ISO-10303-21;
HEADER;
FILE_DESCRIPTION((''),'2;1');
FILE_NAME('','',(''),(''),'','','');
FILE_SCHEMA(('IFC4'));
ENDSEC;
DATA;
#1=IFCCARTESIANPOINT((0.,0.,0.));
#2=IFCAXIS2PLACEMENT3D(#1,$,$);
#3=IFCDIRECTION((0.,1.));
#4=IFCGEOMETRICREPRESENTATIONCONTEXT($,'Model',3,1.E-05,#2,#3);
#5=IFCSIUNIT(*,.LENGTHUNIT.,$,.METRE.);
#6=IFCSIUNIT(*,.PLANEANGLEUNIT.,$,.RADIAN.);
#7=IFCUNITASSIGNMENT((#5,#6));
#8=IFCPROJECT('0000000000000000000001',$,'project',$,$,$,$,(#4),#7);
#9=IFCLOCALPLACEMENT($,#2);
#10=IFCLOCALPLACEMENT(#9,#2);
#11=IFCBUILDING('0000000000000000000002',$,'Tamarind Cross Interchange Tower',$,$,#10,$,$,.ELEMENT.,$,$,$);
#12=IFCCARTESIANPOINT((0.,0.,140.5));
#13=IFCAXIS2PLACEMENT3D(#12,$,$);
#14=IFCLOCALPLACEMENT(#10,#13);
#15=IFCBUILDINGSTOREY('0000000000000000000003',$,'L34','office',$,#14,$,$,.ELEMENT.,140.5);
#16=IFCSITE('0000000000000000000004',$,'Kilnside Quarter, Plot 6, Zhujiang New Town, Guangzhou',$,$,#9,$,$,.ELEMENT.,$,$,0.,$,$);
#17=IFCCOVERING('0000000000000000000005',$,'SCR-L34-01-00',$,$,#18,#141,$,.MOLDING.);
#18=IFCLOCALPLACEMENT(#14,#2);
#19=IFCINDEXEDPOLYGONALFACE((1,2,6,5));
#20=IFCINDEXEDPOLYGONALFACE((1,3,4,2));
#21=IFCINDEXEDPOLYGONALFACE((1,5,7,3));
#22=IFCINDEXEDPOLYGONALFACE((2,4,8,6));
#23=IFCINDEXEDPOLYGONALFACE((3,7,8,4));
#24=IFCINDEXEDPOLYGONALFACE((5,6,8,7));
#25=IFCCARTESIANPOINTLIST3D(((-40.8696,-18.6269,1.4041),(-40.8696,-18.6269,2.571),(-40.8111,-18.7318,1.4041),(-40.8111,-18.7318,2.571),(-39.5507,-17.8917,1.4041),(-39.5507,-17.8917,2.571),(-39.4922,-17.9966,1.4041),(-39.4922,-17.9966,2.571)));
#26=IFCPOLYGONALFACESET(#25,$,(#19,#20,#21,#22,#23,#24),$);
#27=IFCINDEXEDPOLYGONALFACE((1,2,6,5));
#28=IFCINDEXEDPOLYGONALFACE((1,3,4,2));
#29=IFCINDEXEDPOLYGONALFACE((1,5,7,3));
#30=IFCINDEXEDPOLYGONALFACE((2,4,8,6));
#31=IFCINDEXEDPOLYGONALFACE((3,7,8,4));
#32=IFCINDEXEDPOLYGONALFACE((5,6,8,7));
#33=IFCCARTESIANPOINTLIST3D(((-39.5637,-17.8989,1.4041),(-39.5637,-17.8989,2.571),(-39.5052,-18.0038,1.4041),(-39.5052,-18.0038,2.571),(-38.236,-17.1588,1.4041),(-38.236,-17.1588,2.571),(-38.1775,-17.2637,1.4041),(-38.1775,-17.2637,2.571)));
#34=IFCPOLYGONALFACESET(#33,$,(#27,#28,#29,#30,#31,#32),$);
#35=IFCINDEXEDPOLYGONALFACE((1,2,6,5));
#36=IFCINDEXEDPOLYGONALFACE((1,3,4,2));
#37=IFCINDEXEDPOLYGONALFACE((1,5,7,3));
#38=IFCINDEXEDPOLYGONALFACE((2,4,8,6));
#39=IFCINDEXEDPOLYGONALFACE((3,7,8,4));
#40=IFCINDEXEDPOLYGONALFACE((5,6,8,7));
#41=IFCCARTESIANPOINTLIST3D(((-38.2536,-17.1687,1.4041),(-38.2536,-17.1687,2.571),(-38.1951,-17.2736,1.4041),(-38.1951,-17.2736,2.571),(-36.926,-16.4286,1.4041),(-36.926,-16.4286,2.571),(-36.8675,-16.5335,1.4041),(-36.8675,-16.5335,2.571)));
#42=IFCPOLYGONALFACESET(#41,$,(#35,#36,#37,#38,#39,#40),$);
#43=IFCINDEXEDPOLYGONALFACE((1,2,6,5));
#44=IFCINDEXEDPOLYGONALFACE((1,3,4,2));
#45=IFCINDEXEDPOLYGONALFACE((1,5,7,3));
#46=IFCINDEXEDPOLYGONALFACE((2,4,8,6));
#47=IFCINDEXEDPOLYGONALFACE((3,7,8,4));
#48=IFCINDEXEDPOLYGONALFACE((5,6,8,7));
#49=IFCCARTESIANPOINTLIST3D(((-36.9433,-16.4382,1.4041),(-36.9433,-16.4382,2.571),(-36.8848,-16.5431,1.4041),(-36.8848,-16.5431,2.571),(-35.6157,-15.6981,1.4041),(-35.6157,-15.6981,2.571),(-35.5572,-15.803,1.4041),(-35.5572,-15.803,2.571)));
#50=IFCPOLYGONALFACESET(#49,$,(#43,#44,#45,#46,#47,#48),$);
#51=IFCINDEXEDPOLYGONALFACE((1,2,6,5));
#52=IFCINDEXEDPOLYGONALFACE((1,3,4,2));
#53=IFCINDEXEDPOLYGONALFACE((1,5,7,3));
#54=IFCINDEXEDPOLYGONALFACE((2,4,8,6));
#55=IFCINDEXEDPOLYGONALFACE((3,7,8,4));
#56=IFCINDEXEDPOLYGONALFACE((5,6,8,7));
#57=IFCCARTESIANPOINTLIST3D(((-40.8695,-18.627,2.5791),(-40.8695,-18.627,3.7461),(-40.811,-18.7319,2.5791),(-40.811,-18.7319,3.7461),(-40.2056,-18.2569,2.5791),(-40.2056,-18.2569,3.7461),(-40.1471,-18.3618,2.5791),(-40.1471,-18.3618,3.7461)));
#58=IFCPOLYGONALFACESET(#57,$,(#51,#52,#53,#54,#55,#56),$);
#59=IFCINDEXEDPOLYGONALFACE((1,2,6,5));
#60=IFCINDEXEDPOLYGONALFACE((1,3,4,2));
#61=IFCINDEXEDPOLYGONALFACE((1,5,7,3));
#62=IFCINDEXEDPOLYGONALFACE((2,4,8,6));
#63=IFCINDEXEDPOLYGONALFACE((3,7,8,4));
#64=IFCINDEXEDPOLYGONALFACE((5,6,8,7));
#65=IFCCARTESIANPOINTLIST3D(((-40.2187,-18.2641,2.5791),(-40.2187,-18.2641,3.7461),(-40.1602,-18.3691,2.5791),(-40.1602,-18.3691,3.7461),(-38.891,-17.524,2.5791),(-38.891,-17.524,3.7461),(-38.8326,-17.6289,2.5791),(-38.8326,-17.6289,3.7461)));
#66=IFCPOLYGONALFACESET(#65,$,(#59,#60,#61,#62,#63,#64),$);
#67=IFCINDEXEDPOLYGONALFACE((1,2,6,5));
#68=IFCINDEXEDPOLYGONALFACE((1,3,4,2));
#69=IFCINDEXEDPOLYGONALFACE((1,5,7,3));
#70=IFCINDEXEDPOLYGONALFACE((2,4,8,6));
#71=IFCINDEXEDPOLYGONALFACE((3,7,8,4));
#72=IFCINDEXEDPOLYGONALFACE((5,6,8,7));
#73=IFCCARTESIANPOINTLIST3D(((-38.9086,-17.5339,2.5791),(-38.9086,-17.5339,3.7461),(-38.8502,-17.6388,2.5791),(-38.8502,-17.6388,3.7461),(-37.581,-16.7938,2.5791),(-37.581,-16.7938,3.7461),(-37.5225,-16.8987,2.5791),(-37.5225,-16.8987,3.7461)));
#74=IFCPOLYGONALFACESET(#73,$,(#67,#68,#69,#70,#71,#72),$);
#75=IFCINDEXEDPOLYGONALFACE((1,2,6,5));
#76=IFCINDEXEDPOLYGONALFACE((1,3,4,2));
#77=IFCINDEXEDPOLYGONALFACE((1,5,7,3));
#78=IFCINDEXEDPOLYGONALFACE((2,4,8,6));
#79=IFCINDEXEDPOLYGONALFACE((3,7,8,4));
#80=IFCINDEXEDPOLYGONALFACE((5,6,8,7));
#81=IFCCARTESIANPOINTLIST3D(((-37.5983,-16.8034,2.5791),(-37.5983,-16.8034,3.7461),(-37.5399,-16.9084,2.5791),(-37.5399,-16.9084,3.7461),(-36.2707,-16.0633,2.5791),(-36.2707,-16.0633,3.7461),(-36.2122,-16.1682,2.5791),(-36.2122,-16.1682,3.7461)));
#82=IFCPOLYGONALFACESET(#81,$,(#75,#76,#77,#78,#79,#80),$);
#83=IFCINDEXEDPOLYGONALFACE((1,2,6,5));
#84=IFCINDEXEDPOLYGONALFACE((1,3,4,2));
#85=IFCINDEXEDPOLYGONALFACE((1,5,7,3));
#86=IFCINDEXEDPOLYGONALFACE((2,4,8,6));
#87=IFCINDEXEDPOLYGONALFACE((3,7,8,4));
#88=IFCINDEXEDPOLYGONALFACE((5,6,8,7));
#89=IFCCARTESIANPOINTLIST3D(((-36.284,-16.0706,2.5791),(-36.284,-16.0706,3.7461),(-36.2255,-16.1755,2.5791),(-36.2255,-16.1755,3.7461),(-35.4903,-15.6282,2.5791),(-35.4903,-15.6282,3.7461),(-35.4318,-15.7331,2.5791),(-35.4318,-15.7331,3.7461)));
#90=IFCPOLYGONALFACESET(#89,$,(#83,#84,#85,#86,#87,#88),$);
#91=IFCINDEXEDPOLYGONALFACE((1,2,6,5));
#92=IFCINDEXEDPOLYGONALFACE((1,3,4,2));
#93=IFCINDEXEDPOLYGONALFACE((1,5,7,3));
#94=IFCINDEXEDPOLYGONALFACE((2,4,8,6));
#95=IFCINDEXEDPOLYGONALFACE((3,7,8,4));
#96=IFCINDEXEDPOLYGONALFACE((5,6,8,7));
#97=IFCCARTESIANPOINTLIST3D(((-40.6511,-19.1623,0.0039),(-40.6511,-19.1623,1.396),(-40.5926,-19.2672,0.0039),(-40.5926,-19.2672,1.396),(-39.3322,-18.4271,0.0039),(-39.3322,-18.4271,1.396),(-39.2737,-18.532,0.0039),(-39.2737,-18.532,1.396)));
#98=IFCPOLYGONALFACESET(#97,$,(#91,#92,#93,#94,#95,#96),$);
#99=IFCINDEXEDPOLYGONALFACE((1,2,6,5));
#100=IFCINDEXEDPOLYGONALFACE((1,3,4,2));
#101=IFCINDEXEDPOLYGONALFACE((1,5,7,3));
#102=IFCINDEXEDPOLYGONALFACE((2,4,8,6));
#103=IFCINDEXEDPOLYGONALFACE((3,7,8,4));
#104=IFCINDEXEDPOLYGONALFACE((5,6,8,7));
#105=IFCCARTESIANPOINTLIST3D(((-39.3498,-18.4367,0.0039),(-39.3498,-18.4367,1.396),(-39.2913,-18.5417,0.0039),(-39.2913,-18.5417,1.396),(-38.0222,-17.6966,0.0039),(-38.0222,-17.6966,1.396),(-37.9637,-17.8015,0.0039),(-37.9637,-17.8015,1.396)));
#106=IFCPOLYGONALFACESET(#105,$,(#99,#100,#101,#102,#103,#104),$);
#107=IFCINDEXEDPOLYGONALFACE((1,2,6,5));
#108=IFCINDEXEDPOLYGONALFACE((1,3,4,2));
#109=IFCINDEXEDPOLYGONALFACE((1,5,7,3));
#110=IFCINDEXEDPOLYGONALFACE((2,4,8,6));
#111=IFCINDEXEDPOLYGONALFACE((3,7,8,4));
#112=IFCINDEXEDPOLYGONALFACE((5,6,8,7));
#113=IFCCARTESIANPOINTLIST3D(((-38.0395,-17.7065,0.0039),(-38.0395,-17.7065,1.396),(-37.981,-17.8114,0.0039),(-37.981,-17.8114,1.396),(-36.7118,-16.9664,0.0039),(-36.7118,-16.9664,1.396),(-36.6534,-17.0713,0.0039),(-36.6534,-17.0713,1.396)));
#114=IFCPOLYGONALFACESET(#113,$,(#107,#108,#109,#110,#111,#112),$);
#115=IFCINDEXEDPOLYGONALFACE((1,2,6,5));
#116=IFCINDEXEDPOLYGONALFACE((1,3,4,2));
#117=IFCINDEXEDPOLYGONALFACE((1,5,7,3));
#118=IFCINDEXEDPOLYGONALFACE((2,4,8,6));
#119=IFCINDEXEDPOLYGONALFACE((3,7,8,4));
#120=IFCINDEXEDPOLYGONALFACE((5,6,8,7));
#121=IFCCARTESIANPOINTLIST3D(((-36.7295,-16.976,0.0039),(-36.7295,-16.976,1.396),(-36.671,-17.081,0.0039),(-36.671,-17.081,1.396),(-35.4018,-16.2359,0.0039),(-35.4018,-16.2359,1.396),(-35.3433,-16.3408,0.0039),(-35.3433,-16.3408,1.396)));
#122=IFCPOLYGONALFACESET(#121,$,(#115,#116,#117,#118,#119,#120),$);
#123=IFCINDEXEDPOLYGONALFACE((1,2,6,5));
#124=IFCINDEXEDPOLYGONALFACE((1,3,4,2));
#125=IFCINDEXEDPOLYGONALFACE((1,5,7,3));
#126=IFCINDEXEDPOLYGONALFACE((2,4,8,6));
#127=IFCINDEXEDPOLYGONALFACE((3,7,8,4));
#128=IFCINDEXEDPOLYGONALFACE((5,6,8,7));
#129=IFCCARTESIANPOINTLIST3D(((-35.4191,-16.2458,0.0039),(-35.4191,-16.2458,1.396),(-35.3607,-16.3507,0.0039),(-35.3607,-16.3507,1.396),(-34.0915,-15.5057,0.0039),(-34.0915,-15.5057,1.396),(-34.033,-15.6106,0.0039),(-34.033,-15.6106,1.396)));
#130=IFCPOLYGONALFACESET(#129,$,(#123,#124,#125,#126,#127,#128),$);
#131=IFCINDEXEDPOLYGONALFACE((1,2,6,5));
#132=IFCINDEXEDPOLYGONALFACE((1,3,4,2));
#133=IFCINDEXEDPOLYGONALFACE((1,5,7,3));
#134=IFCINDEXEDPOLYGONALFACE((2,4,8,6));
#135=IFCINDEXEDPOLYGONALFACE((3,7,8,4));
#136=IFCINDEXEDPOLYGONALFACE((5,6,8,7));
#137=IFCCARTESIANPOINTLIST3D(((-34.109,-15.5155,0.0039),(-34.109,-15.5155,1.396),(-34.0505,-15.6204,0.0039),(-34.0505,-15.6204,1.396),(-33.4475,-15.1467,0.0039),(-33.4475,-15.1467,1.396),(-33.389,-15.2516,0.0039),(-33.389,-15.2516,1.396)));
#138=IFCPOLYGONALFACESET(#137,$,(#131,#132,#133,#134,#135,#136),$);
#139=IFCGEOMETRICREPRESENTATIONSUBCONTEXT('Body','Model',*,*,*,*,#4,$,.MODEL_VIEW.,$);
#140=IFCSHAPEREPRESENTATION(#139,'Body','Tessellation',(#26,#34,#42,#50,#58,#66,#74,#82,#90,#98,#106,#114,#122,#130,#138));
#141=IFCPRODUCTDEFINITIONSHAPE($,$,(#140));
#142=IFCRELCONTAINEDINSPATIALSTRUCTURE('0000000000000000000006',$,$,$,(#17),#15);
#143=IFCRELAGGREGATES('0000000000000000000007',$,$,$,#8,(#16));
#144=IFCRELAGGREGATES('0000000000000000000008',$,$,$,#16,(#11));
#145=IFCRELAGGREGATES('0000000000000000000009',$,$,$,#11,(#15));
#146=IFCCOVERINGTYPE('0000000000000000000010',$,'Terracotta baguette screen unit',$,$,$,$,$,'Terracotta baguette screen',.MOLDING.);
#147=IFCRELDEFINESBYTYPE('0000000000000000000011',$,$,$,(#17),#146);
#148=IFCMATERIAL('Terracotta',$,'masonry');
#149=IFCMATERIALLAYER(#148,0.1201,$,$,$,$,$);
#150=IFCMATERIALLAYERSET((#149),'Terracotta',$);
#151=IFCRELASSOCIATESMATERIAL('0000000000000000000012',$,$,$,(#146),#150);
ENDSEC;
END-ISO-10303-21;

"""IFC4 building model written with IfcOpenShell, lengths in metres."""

from ifc_helpers import new_model, si_unit, direction, frame, origin, origin_2d, place, context, subcontext, project, spatial, rectangle, extrude, material, layer, layer_set, type_object, element, save


model = new_model("IFC4")

# Units and contexts
model_context = context("Model", 3, precision=1e-05, world=origin(), true_north=direction((0.0, 1.0)))
body_context = subcontext(model_context, "Body", "Model", "MODEL_VIEW")
ifc_project = project(units=[si_unit("LENGTHUNIT", "METRE"), si_unit("PLANEANGLEUNIT", "RADIAN")], contexts=[model_context])

# Site, building, storey
site_placement = place(None, origin())
site = spatial("IfcSite", under=ifc_project, at=site_placement, Name="Kilnside Quarter, Plot 6, Zhujiang New Town, Guangzhou", CompositionType="ELEMENT", RefElevation=0.0)
building_placement = place(site_placement, origin())
building = spatial("IfcBuilding", under=site, at=building_placement, Name="Tamarind Cross Interchange Tower", CompositionType="ELEMENT")
storey_placement = place(building_placement, frame((0.0, 0.0, 140.5)))
storey = spatial("IfcBuildingStorey", under=building, at=storey_placement, Name="L34", Description="office", CompositionType="ELEMENT", Elevation=140.5)

# Covering
ifc_material_1 = material(Name="Terracotta", Category="masonry")
ifc_layer_1 = layer(ifc_material_1, 0.1201)
ifc_layer_set_1 = layer_set([ifc_layer_1], Name="Terracotta")
covering_type = type_object("IfcCoveringType", Name="Terracotta baguette screen unit", ElementType="Terracotta baguette screen", PredefinedType="MOLDING", material=ifc_layer_set_1)
covering_1_placement = place(storey_placement, origin())
element("IfcCovering", 1, at=covering_1_placement, inside=storey, type_object=covering_type, Name="SCR-L34-01-00", PredefinedType="MOLDING", context=body_context, shape_type="SweptSolid", body=[
    extrude(rectangle(XDim=1.51, YDim=0.1201, at=origin_2d()), frame((-40.1809, -18.3118, 1.4041), z_axis=(0.0, 0.0, 1.0), x_axis=(0.87345, 0.486915, 0.0)), (0.0, 0.0, 1.0), 1.167),
    extrude(rectangle(XDim=1.52, YDim=0.1201, at=origin_2d()), frame((-38.8706, -17.5813, 1.4041), z_axis=(0.0, 0.0, 1.0), x_axis=(0.87345, 0.486915, 0.0)), (0.0, 0.0, 1.0), 1.167),
    extrude(rectangle(XDim=1.52, YDim=0.1201, at=origin_2d()), frame((-37.5605, -16.8511, 1.4041), z_axis=(0.0, 0.0, 1.0), x_axis=(0.87345, 0.486915, 0.0)), (0.0, 0.0, 1.0), 1.167),
    extrude(rectangle(XDim=1.52, YDim=0.1201, at=origin_2d()), frame((-36.2502, -16.1206, 1.4041), z_axis=(0.0, 0.0, 1.0), x_axis=(0.87345, 0.486915, 0.0)), (0.0, 0.0, 1.0), 1.167),
    extrude(rectangle(XDim=0.76, YDim=0.1201, at=origin_2d()), frame((-40.5083, -18.4944, 2.5791), z_axis=(0.0, 0.0, 1.0), x_axis=(0.87345, 0.486915, 0.0)), (0.0, 0.0, 1.0), 1.167),
    extrude(rectangle(XDim=1.52, YDim=0.1201, at=origin_2d()), frame((-39.5256, -17.9465, 2.5791), z_axis=(0.0, 0.0, 1.0), x_axis=(0.87345, 0.486915, 0.0)), (0.0, 0.0, 1.0), 1.167),
    extrude(rectangle(XDim=1.52, YDim=0.1201, at=origin_2d()), frame((-38.2156, -17.2163, 2.5791), z_axis=(0.0, 0.0, 1.0), x_axis=(0.87345, 0.486915, 0.0)), (0.0, 0.0, 1.0), 1.167),
    extrude(rectangle(XDim=1.52, YDim=0.1201, at=origin_2d()), frame((-36.9053, -16.4858, 2.5791), z_axis=(0.0, 0.0, 1.0), x_axis=(0.87345, 0.486915, 0.0)), (0.0, 0.0, 1.0), 1.167),
    extrude(rectangle(XDim=0.9087, YDim=0.1201, at=origin_2d()), frame((-35.8579, -15.9019, 2.5791), z_axis=(0.0, 0.0, 1.0), x_axis=(0.87345, 0.486915, 0.0)), (0.0, 0.0, 1.0), 1.167),
    extrude(rectangle(XDim=1.51, YDim=0.1201, at=origin_2d()), frame((-39.9624, -18.8472, 0.0039), z_axis=(0.0, 0.0, 1.0), x_axis=(0.87345, 0.486915, 0.0)), (0.0, 0.0, 1.0), 1.3921),
    extrude(rectangle(XDim=1.52, YDim=0.1201, at=origin_2d()), frame((-38.6567, -18.1191, 0.0039), z_axis=(0.0, 0.0, 1.0), x_axis=(0.87345, 0.486915, 0.0)), (0.0, 0.0, 1.0), 1.3921),
    extrude(rectangle(XDim=1.52, YDim=0.1201, at=origin_2d()), frame((-37.3464, -17.3889, 0.0039), z_axis=(0.0, 0.0, 1.0), x_axis=(0.87345, 0.486915, 0.0)), (0.0, 0.0, 1.0), 1.3921),
    extrude(rectangle(XDim=1.52, YDim=0.1201, at=origin_2d()), frame((-36.0364, -16.6584, 0.0039), z_axis=(0.0, 0.0, 1.0), x_axis=(0.87345, 0.486915, 0.0)), (0.0, 0.0, 1.0), 1.3921),
    extrude(rectangle(XDim=1.52, YDim=0.1201, at=origin_2d()), frame((-34.7261, -15.9282, 0.0039), z_axis=(0.0, 0.0, 1.0), x_axis=(0.87345, 0.486915, 0.0)), (0.0, 0.0, 1.0), 1.3921),
    extrude(rectangle(XDim=0.7573, YDim=0.1201, at=origin_2d()), frame((-33.749, -15.3835, 0.0039), z_axis=(0.0, 0.0, 1.0), x_axis=(0.87345, 0.486915, 0.0)), (0.0, 0.0, 1.0), 1.3921),
])

save(model, "model.ifc")
